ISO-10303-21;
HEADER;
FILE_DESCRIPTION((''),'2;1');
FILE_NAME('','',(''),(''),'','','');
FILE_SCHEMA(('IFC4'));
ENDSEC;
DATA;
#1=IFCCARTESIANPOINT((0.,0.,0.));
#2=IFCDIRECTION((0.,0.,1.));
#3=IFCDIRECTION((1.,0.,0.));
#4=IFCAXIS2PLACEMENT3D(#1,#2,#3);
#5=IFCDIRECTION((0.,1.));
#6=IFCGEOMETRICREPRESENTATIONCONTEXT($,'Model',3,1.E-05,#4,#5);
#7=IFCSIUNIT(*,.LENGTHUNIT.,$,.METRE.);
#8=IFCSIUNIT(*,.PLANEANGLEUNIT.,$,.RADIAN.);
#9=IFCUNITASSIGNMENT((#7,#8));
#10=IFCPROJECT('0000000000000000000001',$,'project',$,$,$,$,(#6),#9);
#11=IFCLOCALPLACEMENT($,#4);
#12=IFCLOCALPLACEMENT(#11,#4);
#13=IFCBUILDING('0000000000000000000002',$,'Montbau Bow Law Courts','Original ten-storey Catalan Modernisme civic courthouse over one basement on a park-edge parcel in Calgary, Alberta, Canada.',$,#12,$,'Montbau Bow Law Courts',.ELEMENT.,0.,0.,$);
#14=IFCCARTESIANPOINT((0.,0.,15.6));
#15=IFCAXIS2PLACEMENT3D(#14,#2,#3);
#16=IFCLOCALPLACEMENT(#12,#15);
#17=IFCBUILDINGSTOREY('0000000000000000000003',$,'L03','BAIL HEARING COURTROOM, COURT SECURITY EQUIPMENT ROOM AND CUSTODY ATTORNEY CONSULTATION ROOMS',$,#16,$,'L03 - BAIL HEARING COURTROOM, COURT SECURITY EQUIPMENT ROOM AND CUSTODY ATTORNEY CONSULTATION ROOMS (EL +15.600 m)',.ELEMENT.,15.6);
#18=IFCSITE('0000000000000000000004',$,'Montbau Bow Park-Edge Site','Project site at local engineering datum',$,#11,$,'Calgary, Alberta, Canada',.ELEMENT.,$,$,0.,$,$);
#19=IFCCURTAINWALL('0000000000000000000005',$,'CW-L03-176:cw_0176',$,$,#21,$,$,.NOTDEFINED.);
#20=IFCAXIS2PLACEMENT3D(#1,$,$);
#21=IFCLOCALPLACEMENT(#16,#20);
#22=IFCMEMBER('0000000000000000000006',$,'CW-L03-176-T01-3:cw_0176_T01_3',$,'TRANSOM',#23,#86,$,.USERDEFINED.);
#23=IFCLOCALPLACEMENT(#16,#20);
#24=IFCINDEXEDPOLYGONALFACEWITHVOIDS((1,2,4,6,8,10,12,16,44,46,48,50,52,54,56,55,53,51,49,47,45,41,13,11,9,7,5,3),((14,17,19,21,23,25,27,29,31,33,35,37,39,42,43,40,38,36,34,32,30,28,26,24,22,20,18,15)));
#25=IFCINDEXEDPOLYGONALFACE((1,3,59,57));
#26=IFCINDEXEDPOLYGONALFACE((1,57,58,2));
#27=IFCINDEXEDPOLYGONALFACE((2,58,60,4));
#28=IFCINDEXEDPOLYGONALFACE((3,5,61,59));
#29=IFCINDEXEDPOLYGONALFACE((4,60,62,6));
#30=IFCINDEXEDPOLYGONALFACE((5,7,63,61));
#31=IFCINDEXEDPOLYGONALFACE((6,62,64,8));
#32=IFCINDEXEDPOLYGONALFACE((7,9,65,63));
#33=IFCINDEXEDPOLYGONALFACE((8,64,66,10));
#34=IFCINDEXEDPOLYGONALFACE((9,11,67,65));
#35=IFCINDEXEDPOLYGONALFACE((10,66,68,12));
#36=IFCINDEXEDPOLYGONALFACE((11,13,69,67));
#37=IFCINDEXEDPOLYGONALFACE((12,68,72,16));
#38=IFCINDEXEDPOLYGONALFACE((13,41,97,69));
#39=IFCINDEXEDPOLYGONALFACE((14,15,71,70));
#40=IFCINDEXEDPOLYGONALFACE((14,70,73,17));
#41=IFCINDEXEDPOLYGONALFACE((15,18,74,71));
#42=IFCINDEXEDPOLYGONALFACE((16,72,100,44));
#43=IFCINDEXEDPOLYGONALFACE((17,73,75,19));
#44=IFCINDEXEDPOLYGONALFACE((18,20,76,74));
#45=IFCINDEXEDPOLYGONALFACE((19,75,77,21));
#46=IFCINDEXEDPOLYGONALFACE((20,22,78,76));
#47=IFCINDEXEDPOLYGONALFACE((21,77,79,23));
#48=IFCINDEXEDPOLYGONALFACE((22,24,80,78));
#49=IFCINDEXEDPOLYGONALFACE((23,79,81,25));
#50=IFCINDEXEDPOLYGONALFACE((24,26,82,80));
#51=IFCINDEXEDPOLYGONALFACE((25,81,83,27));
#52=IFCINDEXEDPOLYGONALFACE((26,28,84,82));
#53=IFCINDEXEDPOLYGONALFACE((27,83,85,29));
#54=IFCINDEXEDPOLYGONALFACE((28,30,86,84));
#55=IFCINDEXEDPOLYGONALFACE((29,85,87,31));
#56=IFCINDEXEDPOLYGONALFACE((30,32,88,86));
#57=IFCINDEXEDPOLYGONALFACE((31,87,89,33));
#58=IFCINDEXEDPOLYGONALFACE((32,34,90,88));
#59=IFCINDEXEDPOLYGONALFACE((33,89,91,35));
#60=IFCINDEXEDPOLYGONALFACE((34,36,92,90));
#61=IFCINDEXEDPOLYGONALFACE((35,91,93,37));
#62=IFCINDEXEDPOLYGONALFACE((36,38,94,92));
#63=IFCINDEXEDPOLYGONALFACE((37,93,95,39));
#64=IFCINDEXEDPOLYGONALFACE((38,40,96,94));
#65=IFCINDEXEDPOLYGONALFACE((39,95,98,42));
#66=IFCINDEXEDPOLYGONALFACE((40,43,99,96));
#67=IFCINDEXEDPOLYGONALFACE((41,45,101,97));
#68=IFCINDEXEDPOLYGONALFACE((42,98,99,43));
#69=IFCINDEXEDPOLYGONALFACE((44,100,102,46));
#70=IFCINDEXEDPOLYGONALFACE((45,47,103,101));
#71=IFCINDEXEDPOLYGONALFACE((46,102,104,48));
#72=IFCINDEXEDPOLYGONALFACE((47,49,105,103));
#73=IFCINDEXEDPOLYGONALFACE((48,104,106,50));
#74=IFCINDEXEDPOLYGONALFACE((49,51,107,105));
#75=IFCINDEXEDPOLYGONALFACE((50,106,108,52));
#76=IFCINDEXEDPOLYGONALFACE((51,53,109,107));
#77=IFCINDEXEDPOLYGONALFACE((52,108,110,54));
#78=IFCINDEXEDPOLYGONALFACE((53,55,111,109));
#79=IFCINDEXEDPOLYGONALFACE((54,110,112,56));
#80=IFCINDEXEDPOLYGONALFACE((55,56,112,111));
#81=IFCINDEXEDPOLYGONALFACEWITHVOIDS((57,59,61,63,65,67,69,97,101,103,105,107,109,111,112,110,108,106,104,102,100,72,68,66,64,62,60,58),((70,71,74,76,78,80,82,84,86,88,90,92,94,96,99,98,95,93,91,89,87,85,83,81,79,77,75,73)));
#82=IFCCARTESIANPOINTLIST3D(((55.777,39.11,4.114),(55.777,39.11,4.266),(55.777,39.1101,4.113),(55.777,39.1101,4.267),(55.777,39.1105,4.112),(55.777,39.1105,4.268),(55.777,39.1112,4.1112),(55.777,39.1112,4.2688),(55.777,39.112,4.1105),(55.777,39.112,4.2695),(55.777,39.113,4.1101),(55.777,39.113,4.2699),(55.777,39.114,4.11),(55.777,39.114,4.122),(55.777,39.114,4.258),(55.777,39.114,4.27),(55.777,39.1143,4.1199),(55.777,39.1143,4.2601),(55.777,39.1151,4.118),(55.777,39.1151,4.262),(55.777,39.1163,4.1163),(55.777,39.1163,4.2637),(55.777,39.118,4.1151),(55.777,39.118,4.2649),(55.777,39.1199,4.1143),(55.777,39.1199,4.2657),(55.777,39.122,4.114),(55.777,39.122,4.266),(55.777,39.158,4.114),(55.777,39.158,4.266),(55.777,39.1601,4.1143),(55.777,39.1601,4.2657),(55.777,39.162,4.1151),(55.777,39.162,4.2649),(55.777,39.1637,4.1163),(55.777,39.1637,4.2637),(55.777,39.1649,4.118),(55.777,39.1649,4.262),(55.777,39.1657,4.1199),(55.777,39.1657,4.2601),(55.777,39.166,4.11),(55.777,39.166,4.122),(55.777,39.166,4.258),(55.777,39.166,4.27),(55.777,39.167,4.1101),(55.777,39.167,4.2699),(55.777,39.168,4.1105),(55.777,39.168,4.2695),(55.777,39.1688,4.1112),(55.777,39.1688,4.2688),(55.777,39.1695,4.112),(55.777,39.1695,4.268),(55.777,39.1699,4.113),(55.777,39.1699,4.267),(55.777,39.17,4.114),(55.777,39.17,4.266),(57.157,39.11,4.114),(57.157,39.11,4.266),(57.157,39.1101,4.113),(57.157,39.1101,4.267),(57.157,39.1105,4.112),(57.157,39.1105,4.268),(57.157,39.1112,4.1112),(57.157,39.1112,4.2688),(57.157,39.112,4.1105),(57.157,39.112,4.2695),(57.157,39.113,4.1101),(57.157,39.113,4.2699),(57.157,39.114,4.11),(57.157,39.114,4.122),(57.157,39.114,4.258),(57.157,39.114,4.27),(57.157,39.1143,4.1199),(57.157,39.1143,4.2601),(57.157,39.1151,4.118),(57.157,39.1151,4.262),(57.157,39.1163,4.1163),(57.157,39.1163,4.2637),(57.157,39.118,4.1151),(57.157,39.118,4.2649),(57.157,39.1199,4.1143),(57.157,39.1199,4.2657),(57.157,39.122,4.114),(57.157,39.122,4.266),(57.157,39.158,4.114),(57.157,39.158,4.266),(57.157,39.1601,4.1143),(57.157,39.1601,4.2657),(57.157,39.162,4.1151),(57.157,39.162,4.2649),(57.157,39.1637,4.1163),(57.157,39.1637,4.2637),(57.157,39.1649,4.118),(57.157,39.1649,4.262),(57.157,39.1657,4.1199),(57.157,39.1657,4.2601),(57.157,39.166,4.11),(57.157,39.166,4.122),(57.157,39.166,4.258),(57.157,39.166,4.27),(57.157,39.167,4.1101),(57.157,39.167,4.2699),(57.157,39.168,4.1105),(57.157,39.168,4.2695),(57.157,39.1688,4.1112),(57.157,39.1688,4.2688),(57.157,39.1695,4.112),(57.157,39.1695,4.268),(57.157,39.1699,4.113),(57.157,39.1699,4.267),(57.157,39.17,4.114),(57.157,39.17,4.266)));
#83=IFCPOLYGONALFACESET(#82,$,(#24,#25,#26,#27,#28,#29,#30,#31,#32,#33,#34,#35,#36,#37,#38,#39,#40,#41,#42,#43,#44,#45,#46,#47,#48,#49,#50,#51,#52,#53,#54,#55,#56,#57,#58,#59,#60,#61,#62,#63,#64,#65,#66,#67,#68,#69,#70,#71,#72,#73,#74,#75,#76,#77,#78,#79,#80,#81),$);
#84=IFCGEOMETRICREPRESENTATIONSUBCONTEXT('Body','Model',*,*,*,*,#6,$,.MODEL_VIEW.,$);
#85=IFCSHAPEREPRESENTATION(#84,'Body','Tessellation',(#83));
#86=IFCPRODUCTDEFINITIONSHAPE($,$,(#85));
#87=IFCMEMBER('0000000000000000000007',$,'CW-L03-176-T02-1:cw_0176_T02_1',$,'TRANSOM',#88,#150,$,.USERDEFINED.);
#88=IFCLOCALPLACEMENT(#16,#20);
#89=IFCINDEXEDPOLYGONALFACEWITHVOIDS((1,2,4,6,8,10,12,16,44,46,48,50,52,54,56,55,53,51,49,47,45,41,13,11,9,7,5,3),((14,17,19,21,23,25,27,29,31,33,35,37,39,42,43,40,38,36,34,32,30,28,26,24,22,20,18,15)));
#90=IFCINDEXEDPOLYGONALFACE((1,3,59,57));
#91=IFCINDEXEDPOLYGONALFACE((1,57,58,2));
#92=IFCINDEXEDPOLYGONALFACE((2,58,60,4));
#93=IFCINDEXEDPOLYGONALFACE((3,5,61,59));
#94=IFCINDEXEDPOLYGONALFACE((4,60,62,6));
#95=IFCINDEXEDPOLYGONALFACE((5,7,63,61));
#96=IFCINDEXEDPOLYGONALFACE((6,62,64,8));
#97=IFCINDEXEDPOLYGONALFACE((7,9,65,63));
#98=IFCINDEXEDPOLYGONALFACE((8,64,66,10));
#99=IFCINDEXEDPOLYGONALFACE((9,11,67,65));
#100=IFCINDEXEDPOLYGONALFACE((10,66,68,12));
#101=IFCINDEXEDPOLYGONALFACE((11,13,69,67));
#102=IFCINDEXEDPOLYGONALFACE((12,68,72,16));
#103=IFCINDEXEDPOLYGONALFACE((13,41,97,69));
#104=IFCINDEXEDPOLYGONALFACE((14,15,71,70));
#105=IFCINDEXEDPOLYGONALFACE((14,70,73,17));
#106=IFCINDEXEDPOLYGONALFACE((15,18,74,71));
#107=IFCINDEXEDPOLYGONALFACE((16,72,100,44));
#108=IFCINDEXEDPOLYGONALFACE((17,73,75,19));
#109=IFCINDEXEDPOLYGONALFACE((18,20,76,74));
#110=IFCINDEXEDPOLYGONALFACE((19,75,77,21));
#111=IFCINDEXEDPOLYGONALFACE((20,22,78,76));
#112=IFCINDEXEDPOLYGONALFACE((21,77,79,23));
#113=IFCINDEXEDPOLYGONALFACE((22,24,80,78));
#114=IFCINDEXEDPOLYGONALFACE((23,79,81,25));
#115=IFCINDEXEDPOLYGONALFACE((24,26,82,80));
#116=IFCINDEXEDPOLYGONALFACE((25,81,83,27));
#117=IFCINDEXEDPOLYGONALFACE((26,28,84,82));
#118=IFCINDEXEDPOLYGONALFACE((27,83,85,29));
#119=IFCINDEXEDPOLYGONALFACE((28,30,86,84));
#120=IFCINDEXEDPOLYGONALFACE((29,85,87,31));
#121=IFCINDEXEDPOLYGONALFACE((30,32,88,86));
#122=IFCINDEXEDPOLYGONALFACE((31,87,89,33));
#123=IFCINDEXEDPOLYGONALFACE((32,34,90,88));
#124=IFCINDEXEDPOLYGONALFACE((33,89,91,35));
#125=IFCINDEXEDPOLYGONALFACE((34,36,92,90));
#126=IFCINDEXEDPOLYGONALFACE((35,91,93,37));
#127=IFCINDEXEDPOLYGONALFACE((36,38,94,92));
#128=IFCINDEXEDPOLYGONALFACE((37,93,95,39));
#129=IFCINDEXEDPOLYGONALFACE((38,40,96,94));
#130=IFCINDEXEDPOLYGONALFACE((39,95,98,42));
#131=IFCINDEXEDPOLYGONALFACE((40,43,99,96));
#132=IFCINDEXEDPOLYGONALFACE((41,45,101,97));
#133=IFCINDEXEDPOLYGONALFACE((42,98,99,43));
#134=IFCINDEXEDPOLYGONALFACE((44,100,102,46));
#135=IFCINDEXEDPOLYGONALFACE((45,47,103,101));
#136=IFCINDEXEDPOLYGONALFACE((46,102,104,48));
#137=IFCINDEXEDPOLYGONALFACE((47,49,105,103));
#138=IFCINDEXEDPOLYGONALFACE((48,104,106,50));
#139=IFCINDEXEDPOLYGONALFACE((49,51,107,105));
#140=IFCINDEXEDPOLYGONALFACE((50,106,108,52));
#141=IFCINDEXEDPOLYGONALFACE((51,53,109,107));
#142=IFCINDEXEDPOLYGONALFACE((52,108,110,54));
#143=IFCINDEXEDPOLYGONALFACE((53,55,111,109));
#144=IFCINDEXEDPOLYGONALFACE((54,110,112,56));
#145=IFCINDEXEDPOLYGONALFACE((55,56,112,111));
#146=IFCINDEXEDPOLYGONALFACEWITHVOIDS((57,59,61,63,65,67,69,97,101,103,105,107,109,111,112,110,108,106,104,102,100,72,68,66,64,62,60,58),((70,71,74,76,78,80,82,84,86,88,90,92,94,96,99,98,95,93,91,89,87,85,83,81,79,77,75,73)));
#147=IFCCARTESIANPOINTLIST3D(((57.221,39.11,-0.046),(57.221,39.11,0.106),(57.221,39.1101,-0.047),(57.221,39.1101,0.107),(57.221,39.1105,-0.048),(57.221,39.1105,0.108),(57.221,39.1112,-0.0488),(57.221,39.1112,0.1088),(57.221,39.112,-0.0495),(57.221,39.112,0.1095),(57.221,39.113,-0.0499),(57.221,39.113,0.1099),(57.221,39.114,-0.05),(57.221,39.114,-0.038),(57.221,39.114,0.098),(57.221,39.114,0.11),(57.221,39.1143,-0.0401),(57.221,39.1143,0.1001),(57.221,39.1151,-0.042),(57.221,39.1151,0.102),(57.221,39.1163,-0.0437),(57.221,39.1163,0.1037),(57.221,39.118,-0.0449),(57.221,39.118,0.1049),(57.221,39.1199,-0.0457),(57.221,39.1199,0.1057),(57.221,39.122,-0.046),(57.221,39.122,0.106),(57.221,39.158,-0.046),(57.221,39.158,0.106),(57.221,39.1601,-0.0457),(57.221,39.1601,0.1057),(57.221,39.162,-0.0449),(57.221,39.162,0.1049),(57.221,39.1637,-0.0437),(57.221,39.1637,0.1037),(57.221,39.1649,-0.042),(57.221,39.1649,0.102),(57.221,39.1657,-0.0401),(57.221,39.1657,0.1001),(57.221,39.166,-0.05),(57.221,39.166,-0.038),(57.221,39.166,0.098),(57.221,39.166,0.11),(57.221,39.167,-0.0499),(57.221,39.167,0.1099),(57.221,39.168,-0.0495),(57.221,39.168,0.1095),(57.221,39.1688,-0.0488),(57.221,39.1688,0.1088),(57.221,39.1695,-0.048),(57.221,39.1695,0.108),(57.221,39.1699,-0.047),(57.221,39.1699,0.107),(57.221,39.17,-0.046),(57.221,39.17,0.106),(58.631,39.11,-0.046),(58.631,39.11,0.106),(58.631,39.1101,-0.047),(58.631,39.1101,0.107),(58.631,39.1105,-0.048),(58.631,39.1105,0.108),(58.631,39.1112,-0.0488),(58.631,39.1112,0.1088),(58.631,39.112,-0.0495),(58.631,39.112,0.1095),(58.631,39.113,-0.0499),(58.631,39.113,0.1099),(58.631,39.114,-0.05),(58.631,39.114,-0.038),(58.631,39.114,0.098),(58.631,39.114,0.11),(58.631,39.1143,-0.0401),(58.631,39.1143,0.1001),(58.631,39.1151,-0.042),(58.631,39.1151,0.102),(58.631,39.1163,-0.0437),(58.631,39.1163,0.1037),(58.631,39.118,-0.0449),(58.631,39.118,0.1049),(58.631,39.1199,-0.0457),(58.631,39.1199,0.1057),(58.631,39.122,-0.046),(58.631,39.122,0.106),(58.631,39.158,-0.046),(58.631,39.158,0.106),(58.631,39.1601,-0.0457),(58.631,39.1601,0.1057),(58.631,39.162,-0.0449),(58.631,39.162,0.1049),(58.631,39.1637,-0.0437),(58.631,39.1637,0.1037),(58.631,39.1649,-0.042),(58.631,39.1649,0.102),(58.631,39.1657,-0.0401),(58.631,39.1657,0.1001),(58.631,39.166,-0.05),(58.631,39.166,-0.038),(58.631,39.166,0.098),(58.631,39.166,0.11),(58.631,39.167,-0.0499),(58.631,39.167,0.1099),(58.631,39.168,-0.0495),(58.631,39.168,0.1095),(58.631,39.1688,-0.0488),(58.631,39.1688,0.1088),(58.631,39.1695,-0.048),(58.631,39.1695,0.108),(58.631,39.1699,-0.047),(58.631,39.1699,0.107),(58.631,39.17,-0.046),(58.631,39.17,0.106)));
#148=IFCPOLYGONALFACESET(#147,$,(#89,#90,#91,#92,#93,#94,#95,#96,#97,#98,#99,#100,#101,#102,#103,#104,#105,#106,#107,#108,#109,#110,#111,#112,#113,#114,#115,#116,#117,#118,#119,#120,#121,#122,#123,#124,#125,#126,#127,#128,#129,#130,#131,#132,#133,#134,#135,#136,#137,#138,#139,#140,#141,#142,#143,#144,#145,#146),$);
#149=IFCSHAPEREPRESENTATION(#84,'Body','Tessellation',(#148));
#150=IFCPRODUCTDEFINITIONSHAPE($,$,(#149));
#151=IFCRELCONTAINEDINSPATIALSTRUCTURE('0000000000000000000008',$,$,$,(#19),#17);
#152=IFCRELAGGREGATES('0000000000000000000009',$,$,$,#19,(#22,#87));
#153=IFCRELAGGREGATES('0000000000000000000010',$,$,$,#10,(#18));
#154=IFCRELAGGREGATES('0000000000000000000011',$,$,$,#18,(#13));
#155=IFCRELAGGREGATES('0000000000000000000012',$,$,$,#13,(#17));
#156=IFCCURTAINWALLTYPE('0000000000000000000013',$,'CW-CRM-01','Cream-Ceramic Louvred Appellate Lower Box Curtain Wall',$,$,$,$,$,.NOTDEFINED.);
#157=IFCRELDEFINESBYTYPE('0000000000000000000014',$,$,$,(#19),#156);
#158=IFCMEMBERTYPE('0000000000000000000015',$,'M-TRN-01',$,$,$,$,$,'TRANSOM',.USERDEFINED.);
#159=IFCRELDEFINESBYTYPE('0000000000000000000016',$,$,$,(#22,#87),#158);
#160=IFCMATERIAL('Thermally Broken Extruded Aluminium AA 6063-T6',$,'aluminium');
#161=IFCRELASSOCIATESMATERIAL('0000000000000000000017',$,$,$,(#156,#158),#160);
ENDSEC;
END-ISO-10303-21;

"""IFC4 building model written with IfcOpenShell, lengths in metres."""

from ifc_helpers import new_model, si_unit, direction, frame, origin_with_axes, origin_2d_with_axis, place, context, subcontext, project, spatial, hollow_rectangle, extrude, material, material_profile, profile_set, type_object, element, aggregate, save


model = new_model("IFC4")

# Units and contexts
model_context = context("Model", 3, precision=1e-05, world=origin_with_axes(), true_north=direction((0.0, 1.0)))
body_context = subcontext(model_context, "Body", "Model", "MODEL_VIEW")
ifc_project = project(units=[si_unit("LENGTHUNIT", "METRE"), si_unit("PLANEANGLEUNIT", "RADIAN")], contexts=[model_context])

# Site, building, storey
site_placement = place(None, origin_with_axes())
site = spatial("IfcSite", under=ifc_project, at=site_placement, Name="Montbau Bow Park-Edge Site", Description="Project site at local engineering datum", LongName="Calgary, Alberta, Canada", CompositionType="ELEMENT", RefElevation=0.0)
building_placement = place(site_placement, origin_with_axes())
building = spatial("IfcBuilding", under=site, at=building_placement, Name="Montbau Bow Law Courts", Description="Original ten-storey Catalan Modernisme civic courthouse over one basement on a park-edge parcel in Calgary, Alberta, Canada.", LongName="Montbau Bow Law Courts", CompositionType="ELEMENT", ElevationOfRefHeight=0.0, ElevationOfTerrain=0.0)
storey_placement = place(building_placement, frame((0.0, 0.0, 15.6), z_axis=(0.0, 0.0, 1.0), x_axis=(1.0, 0.0, 0.0)))
storey = spatial("IfcBuildingStorey", under=building, at=storey_placement, Name="L03", Description="BAIL HEARING COURTROOM, COURT SECURITY EQUIPMENT ROOM AND CUSTODY ATTORNEY CONSULTATION ROOMS", LongName="L03 - BAIL HEARING COURTROOM, COURT SECURITY EQUIPMENT ROOM AND CUSTODY ATTORNEY CONSULTATION ROOMS (EL +15.600 m)", CompositionType="ELEMENT", Elevation=15.6)

# Curtain wall, members
ifc_material_1 = material(Name="Thermally Broken Extruded Aluminium AA 6063-T6", Category="aluminium")
curtain_wall_type = type_object("IfcCurtainWallType", Name="CW-CRM-01", Description="Cream-Ceramic Louvred Appellate Lower Box Curtain Wall", PredefinedType="NOTDEFINED", material=ifc_material_1)
curtain_wall_placement = place(None, frame((55.715, 39.14, 15.6), z_axis=(0.0, 0.0, 1.0), x_axis=(1.0, 0.0, 0.0)))
curtain_wall = element("IfcCurtainWall", 1, at=curtain_wall_placement, inside=storey, type_object=curtain_wall_type, Name="CW-L03-176:cw_0176", PredefinedType="NOTDEFINED")
ifc_material_profile_1 = material_profile(ifc_material_1, hollow_rectangle(XDim=0.06, YDim=0.16, WallThickness=0.004, InnerFilletRadius=0.008, OuterFilletRadius=0.004, at=origin_2d_with_axis()), Name="CWT-160X60", Category="Main", Priority=0)
ifc_profile_set_1 = profile_set([ifc_material_profile_1], Name="Thermally Broken Extruded Aluminium AA 6063-T6")
member_type_1 = type_object("IfcMemberType", Name="M-TRN-01", ElementType="TRANSOM", PredefinedType="USERDEFINED", material=ifc_profile_set_1)
member_1_placement = place(None, frame((55.777, 39.14, 19.79), z_axis=(1.0, 0.0, 0.0), x_axis=(0.0, 1.0, 0.0)))
member_1 = element("IfcMember", 2, at=member_1_placement, type_object=member_type_1, Name="CW-L03-176-T01-3:cw_0176_T01_3", ObjectType="TRANSOM", PredefinedType="USERDEFINED", context=body_context, shape_type="SweptSolid", body=[
    extrude(hollow_rectangle(XDim=0.06, YDim=0.16, WallThickness=0.004, InnerFilletRadius=0.008, OuterFilletRadius=0.004, at=origin_2d_with_axis()), origin_with_axes(), (0.0, 0.0, 1.0), 1.38),
])
member_2_placement = place(None, frame((57.221, 39.14, 15.63), z_axis=(1.0, 0.0, 0.0), x_axis=(0.0, 1.0, 0.0)))
member_2 = element("IfcMember", 3, at=member_2_placement, type_object=member_type_1, Name="CW-L03-176-T02-1:cw_0176_T02_1", ObjectType="TRANSOM", PredefinedType="USERDEFINED", context=body_context, shape_type="SweptSolid", body=[
    extrude(hollow_rectangle(XDim=0.06, YDim=0.16, WallThickness=0.004, InnerFilletRadius=0.008, OuterFilletRadius=0.004, at=origin_2d_with_axis()), origin_with_axes(), (0.0, 0.0, 1.0), 1.41),
])
aggregate(curtain_wall, [member_1, member_2])

save(model, "model.ifc")
